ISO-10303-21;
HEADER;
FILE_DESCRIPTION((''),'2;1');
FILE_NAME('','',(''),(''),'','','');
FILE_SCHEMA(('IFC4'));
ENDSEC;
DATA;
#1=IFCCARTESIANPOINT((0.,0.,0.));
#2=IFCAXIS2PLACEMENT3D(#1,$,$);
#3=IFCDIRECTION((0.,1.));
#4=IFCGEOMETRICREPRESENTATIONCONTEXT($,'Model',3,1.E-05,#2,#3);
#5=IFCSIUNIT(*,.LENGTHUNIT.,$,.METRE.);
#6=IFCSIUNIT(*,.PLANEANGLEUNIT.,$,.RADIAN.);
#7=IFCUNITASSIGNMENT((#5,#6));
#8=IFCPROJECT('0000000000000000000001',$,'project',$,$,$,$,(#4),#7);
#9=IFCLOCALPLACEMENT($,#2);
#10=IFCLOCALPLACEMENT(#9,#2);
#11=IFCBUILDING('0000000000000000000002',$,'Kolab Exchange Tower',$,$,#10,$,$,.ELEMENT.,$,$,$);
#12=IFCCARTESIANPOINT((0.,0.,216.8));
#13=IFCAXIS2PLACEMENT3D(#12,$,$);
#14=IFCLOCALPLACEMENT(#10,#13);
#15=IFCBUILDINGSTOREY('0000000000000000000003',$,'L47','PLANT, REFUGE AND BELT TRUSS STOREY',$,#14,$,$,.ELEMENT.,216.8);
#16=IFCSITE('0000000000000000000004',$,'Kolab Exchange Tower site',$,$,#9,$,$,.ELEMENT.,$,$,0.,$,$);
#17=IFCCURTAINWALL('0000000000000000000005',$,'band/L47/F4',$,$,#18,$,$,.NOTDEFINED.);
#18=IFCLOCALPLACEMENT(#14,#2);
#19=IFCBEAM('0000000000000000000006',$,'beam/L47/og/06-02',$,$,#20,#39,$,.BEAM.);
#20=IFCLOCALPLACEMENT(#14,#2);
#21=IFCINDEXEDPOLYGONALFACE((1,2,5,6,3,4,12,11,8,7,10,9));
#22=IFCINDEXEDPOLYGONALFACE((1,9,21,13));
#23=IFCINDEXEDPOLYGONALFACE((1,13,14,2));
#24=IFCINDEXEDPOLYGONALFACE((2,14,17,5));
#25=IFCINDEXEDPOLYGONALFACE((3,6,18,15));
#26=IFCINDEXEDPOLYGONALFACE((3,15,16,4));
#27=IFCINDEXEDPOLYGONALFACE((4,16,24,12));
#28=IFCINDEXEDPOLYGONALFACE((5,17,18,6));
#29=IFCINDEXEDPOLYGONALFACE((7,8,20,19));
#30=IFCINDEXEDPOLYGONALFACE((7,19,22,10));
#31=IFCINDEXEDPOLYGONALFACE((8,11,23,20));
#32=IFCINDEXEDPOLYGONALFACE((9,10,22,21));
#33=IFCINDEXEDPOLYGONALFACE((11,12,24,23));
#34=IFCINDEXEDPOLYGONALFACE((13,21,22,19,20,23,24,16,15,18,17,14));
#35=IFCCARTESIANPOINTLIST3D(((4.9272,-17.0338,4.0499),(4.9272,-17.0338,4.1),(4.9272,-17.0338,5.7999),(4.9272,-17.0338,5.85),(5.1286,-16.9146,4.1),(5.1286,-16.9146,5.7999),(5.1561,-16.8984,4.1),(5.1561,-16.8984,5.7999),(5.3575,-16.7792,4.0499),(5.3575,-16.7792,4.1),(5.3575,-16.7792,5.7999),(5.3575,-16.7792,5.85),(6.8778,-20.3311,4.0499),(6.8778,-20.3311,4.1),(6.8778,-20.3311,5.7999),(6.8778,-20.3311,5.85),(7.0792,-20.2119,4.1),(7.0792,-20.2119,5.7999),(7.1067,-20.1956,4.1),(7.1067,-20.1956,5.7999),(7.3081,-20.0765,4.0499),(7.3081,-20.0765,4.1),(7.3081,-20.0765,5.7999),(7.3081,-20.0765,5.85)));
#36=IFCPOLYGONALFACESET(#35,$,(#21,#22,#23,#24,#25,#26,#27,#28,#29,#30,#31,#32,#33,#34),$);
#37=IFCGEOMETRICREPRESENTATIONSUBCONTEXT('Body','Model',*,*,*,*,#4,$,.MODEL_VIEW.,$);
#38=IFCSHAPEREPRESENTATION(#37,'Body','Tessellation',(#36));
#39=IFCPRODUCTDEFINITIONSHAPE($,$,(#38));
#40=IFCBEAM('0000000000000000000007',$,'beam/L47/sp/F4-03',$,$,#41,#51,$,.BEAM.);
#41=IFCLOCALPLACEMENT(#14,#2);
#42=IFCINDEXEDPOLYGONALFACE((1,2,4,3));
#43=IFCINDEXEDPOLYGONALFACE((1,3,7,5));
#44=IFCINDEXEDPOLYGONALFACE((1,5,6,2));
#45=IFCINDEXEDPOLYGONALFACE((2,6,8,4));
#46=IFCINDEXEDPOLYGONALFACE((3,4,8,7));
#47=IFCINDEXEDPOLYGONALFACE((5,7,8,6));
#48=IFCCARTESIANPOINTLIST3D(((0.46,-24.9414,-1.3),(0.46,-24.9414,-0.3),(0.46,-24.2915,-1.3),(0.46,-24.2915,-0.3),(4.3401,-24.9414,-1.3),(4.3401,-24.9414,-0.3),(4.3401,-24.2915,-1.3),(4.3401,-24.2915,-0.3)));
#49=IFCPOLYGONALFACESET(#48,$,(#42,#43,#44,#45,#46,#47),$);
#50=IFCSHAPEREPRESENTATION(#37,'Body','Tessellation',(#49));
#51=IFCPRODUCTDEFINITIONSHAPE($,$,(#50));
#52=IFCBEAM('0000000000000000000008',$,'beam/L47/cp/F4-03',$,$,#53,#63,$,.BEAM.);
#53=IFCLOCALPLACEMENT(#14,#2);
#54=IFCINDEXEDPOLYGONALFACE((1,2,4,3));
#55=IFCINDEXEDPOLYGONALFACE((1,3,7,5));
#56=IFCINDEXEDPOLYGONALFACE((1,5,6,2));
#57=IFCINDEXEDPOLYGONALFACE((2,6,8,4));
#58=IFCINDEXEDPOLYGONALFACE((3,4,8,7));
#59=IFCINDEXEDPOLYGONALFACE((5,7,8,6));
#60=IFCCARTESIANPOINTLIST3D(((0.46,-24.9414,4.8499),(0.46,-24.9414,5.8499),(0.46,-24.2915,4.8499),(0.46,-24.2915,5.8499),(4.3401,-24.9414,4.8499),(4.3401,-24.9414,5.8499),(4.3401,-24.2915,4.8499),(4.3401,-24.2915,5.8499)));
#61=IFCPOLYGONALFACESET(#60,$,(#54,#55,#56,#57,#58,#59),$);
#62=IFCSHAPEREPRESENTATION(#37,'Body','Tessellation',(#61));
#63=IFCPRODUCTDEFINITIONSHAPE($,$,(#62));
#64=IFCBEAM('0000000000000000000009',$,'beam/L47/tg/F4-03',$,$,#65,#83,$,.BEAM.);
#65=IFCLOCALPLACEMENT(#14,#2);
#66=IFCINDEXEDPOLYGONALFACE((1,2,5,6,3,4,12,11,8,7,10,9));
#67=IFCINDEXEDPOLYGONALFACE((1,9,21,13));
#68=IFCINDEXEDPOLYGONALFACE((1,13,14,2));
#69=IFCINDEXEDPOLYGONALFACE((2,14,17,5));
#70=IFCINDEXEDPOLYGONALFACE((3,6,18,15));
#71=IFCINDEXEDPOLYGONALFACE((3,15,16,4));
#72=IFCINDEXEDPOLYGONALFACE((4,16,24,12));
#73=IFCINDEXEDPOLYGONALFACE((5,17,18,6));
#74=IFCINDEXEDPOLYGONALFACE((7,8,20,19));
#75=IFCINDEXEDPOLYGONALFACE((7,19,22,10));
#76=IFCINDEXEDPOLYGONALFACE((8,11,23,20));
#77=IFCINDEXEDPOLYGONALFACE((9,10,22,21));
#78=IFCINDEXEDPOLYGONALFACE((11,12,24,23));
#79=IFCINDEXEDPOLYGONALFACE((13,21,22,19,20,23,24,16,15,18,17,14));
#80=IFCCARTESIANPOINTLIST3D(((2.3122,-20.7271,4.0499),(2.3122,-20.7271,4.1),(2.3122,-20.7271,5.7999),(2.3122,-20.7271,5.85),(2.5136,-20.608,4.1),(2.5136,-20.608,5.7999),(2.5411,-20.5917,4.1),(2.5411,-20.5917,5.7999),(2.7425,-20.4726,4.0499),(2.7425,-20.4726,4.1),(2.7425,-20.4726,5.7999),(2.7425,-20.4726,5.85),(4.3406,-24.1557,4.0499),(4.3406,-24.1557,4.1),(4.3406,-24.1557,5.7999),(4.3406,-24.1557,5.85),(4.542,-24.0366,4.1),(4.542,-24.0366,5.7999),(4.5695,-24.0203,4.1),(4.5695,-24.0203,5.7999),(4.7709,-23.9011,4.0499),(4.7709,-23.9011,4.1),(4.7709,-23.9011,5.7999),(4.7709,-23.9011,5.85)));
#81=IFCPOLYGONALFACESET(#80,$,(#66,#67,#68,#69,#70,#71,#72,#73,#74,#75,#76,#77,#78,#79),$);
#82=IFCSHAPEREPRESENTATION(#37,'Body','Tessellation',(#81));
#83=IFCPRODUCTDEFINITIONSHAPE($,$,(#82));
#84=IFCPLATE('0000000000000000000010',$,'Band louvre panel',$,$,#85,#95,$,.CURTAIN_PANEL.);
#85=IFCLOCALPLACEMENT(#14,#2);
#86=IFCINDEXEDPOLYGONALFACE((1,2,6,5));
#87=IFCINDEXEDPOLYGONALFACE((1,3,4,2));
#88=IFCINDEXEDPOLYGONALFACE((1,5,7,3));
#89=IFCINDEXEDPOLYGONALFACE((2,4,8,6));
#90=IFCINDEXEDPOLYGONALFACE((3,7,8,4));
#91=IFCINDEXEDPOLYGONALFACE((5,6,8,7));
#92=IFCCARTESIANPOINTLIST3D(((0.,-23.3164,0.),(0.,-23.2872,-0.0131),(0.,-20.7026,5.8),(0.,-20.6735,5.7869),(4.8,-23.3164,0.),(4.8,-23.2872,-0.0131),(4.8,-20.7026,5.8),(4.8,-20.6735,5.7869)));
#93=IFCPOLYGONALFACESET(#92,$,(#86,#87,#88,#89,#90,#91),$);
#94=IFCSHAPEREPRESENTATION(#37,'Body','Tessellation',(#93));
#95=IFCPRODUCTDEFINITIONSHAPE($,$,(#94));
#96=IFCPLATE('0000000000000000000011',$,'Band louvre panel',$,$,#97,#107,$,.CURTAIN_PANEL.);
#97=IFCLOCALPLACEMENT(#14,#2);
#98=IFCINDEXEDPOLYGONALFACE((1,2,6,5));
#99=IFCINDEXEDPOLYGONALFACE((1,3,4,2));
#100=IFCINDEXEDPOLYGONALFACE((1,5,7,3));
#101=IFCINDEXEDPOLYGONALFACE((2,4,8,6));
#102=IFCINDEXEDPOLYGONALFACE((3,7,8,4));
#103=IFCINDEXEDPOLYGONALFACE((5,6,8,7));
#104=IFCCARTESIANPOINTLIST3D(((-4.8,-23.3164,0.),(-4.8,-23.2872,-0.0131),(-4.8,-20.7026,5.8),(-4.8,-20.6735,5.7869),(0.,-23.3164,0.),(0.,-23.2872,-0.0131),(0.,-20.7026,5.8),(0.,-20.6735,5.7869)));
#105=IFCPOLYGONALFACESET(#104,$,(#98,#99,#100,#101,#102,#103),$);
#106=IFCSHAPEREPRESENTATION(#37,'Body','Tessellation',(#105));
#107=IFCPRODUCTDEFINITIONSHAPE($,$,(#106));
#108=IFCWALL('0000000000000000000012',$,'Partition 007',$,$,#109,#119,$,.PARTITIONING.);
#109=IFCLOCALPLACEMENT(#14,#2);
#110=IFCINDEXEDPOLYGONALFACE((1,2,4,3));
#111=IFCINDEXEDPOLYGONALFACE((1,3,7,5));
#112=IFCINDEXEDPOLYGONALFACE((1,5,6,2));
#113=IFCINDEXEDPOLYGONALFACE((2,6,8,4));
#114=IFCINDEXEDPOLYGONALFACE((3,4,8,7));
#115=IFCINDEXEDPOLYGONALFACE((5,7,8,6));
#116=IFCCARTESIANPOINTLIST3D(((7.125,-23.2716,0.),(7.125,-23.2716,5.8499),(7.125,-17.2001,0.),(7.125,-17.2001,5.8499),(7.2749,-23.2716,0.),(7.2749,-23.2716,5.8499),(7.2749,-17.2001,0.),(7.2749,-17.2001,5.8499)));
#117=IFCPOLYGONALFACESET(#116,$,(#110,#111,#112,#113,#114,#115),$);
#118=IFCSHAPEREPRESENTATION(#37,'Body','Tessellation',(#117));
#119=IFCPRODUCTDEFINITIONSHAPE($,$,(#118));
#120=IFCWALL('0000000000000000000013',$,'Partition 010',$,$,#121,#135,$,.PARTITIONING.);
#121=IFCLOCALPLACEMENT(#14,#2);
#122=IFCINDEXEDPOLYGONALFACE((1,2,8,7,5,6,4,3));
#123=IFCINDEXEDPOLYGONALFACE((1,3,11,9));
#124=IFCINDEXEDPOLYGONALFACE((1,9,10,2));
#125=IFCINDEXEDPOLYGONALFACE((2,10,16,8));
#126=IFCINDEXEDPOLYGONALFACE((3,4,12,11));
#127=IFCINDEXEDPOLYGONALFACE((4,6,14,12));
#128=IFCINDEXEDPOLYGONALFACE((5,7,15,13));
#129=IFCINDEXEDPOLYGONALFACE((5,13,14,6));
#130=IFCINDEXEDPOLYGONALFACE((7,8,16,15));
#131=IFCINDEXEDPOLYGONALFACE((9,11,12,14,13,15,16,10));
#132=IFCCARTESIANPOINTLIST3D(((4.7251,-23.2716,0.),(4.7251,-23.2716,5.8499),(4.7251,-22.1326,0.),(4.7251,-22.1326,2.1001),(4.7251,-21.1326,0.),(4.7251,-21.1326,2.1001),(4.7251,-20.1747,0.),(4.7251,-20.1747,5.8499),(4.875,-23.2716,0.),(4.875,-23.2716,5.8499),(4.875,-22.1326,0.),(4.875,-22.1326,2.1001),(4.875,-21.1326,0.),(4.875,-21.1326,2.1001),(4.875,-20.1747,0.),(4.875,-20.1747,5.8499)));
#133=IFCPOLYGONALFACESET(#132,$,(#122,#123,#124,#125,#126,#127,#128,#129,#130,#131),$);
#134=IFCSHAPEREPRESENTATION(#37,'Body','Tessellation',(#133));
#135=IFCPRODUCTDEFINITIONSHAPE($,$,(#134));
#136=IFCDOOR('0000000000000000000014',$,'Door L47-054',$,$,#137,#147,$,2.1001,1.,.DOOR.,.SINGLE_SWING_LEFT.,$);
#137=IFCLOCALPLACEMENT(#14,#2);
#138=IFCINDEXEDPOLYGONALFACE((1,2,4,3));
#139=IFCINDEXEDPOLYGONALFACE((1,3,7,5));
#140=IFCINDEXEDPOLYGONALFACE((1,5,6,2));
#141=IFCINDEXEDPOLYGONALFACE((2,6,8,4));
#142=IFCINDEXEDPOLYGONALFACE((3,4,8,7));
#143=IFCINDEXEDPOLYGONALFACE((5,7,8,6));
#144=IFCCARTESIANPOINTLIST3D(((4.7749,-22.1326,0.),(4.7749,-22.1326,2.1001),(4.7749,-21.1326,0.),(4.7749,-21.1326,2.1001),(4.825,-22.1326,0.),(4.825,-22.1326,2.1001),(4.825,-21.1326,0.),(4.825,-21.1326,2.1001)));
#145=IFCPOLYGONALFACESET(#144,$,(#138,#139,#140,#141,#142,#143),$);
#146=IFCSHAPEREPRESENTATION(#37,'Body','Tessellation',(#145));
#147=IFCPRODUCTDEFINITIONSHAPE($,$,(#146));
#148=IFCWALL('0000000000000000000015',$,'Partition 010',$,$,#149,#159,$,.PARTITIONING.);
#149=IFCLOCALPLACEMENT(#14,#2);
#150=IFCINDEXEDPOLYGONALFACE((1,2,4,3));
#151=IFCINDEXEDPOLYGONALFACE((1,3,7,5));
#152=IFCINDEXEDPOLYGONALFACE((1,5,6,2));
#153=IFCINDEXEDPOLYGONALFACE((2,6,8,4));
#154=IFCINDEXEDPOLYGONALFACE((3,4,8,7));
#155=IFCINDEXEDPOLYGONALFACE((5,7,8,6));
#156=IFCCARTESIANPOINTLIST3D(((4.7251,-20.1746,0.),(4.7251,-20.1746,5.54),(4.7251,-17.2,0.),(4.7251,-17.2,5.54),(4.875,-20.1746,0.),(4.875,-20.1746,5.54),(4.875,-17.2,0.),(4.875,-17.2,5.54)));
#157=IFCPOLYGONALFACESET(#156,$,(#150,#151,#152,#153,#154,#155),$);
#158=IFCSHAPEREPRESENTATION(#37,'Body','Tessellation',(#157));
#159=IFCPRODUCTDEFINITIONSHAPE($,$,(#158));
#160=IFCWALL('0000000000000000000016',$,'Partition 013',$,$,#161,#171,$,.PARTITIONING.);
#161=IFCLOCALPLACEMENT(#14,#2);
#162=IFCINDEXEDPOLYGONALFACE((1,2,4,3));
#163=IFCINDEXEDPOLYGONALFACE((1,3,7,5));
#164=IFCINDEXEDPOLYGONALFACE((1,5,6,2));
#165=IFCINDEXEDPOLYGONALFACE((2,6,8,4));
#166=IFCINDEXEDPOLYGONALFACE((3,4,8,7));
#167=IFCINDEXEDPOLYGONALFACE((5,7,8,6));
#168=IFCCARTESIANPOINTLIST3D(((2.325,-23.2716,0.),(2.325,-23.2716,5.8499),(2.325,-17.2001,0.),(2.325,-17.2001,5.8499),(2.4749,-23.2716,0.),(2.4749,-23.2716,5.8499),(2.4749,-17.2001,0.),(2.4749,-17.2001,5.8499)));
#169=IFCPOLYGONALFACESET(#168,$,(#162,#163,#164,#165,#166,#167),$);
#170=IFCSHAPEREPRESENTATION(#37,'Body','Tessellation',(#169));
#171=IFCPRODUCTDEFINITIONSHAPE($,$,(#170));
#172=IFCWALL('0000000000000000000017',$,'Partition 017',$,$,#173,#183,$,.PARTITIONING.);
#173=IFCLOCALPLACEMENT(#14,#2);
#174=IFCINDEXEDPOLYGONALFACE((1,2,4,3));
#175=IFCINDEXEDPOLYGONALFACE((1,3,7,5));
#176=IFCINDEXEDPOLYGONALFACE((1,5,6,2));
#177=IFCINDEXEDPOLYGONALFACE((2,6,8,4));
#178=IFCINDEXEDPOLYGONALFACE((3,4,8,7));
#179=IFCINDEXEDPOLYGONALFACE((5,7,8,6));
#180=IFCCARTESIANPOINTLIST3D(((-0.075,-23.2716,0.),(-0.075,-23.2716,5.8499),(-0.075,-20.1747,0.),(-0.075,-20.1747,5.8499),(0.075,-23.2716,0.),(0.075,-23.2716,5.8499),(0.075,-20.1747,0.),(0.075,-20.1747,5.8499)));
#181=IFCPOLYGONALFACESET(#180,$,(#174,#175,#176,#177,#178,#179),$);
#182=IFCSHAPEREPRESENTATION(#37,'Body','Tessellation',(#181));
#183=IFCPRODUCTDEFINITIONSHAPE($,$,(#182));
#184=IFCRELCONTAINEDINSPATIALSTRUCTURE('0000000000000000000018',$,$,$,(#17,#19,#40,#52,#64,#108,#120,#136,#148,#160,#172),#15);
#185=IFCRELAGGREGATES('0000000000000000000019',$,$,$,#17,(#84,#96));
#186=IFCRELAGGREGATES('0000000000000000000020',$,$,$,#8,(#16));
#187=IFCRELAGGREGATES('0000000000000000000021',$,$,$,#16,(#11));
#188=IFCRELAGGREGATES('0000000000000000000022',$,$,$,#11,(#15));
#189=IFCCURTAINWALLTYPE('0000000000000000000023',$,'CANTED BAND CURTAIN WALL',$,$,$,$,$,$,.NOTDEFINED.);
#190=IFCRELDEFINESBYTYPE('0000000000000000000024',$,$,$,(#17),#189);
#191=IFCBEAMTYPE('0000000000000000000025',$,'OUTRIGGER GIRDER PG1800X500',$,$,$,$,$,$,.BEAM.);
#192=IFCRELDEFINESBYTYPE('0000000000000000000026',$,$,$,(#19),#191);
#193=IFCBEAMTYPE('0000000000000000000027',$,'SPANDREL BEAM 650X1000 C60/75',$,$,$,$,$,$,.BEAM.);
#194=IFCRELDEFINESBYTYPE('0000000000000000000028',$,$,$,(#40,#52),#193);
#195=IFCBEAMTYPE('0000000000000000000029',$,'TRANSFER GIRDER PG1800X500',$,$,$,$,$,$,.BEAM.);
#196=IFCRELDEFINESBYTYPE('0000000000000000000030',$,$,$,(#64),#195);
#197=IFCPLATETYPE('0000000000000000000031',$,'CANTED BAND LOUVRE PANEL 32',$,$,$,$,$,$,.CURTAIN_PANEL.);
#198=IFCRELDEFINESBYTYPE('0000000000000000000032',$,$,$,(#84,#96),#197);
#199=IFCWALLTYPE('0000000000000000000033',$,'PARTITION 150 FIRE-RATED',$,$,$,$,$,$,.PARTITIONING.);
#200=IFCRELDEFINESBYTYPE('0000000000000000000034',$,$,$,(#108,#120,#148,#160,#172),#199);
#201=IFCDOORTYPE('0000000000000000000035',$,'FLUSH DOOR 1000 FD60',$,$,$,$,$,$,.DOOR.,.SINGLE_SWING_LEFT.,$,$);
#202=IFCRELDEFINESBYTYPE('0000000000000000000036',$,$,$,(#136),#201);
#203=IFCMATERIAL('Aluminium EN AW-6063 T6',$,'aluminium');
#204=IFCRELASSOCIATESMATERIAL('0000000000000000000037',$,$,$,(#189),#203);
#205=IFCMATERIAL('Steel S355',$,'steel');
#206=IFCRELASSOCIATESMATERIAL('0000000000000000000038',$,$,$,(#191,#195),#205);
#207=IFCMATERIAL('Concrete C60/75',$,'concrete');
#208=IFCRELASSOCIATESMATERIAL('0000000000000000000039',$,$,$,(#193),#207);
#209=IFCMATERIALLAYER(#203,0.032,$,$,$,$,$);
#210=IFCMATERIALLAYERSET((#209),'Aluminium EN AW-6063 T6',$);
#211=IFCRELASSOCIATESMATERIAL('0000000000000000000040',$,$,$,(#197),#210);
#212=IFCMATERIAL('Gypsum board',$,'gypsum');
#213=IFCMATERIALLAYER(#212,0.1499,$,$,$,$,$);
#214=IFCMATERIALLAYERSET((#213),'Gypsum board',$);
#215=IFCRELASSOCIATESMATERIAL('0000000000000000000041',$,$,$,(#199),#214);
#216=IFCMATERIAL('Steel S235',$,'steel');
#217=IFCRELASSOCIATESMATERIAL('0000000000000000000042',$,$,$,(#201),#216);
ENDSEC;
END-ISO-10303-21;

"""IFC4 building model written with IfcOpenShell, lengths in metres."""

from ifc_helpers import new_model, si_unit, direction, frame, frame_2d, origin, origin_2d, place, context, subcontext, project, spatial, polyline, rectangle, i_section, outline, extrude, material, layer, layer_set, material_profile, profile_set, type_object, element, fill, aggregate, save


model = new_model("IFC4")

# Units and contexts
model_context = context("Model", 3, precision=1e-05, world=origin(), true_north=direction((0.0, 1.0)))
body_context = subcontext(model_context, "Body", "Model", "MODEL_VIEW")
ifc_project = project(units=[si_unit("LENGTHUNIT", "METRE"), si_unit("PLANEANGLEUNIT", "RADIAN")], contexts=[model_context])

# Site, building, storey
site_placement = place(None, origin())
site = spatial("IfcSite", under=ifc_project, at=site_placement, Name="Kolab Exchange Tower site", CompositionType="ELEMENT", RefElevation=0.0)
building_placement = place(site_placement, origin())
building = spatial("IfcBuilding", under=site, at=building_placement, Name="Kolab Exchange Tower", CompositionType="ELEMENT")
storey_placement = place(building_placement, frame((0.0, 0.0, 216.8)))
storey = spatial("IfcBuildingStorey", under=building, at=storey_placement, Name="L47", Description="PLANT, REFUGE AND BELT TRUSS STOREY", CompositionType="ELEMENT", Elevation=216.8)

# Shared definitions
ifc_material_1 = material(Name="Concrete C60/75", Category="concrete")

# Shared definitions
ifc_material_2 = material(Name="Steel S355", Category="steel")

# Curtain wall
ifc_material_3 = material(Name="Aluminium EN AW-6063 T6", Category="aluminium")
curtain_wall_type = type_object("IfcCurtainWallType", Name="CANTED BAND CURTAIN WALL", PredefinedType="NOTDEFINED", material=ifc_material_3)
curtain_wall_placement = place(storey_placement, origin())
curtain_wall = element("IfcCurtainWall", 1, at=curtain_wall_placement, inside=storey, type_object=curtain_wall_type, Name="band/L47/F4", PredefinedType="NOTDEFINED")

# Beams
ifc_material_profile_1 = material_profile(ifc_material_2, i_section(OverallWidth=0.5, OverallDepth=1.8, WebThickness=0.032, FlangeThickness=0.05, at=origin_2d()), Name="PG1800X500")
ifc_profile_set_1 = profile_set([ifc_material_profile_1], Name="Steel S355")
beam_type_1 = type_object("IfcBeamType", Name="OUTRIGGER GIRDER PG1800X500", PredefinedType="BEAM", material=ifc_profile_set_1)
beam_1_placement = place(storey_placement, frame((5.1423, -16.9065, 4.95), z_axis=(0.509163, -0.86067, 0.0), x_axis=(0.86067, 0.509163, 0.0)))
element("IfcBeam", 2, at=beam_1_placement, inside=storey, type_object=beam_type_1, Name="beam/L47/og/06-02", PredefinedType="BEAM", context=body_context, shape_type="SweptSolid", body=[
    extrude(i_section(OverallWidth=0.5, OverallDepth=1.8, WebThickness=0.032, FlangeThickness=0.05, at=origin_2d()), origin(), (0.0, 0.0, 1.0), 3.8311),
])
ifc_material_profile_2 = material_profile(ifc_material_1, rectangle(XDim=0.6499, YDim=1.0, at=origin_2d()), Name="RC650X1000")
ifc_profile_set_2 = profile_set([ifc_material_profile_2], Name="Concrete C60/75")
beam_type_2 = type_object("IfcBeamType", Name="SPANDREL BEAM 650X1000 C60/75", PredefinedType="BEAM", material=ifc_profile_set_2)
for number, where, z_axis, x_axis, name in (
    (3, (4.3401, -24.6165, -0.8), (-1.0, 0.0, 0.0), (0.0, -1.0, 0.0), "beam/L47/sp/F4-03"),
    (4, (4.3401, -24.6165, 5.3499), (-1.0, 0.0, 0.0), (0.0, -1.0, 0.0), "beam/L47/cp/F4-03"),
):
    element("IfcBeam", number, at=place(storey_placement, frame(where, z_axis=z_axis, x_axis=x_axis)), inside=storey, type_object=beam_type_2, Name=name, PredefinedType="BEAM", context=body_context, shape_type="SweptSolid", body=[
        extrude(rectangle(XDim=0.6499, YDim=1.0, at=origin_2d()), origin(), (0.0, 0.0, 1.0), 3.8801),
    ])
ifc_material_profile_3 = material_profile(ifc_material_2, i_section(OverallWidth=0.5, OverallDepth=1.8, WebThickness=0.032, FlangeThickness=0.05, at=origin_2d()), Name="PG1800X500")
ifc_profile_set_3 = profile_set([ifc_material_profile_3], Name="Steel S355")
beam_type_3 = type_object("IfcBeamType", Name="TRANSFER GIRDER PG1800X500", PredefinedType="BEAM", material=ifc_profile_set_3)
beam_2_placement = place(storey_placement, frame((2.5273, -20.5999, 4.95), z_axis=(0.509177, -0.860662, 0.0), x_axis=(0.860662, 0.509177, 0.0)))
element("IfcBeam", 5, at=beam_2_placement, inside=storey, type_object=beam_type_3, Name="beam/L47/tg/F4-03", PredefinedType="BEAM", context=body_context, shape_type="SweptSolid", body=[
    extrude(i_section(OverallWidth=0.5, OverallDepth=1.8, WebThickness=0.032, FlangeThickness=0.05, at=origin_2d()), origin(), (0.0, 0.0, 1.0), 3.9836),
])

# Plates
ifc_layer_1 = layer(ifc_material_3, 0.032)
ifc_layer_set_1 = layer_set([ifc_layer_1], Name="Aluminium EN AW-6063 T6")
plate_type = type_object("IfcPlateType", Name="CANTED BAND LOUVRE PANEL 32", PredefinedType="CURTAIN_PANEL", material=ifc_layer_set_1)
plate_1_placement = place(storey_placement, frame((4.8, -23.3164, 0.0), z_axis=(0.0, -0.911701, 0.410854), x_axis=(-1.0, 0.0, 0.0)))
plate_1 = element("IfcPlate", 6, at=plate_1_placement, type_object=plate_type, Name="Band louvre panel", PredefinedType="CURTAIN_PANEL", context=body_context, shape_type="SweptSolid", body=[
    extrude(outline(polyline([(0.0, 0.0), (4.8, 0.0), (4.8, -6.3618), (0.0, -6.3618), (0.0, 0.0)])), origin(), (0.0, 0.0, -1.0), 0.032),
])
plate_2_placement = place(storey_placement, frame((0.0, -23.3164, 0.0), z_axis=(0.0, -0.911701, 0.410854), x_axis=(-1.0, 0.0, 0.0)))
plate_2 = element("IfcPlate", 7, at=plate_2_placement, type_object=plate_type, Name="Band louvre panel", PredefinedType="CURTAIN_PANEL", context=body_context, shape_type="SweptSolid", body=[
    extrude(outline(polyline([(0.0, 0.0), (4.8, 0.0), (4.8, -6.3618), (0.0, -6.3618), (0.0, 0.0)])), origin(), (0.0, 0.0, -1.0), 0.032),
])
aggregate(curtain_wall, [plate_1, plate_2])

# Wall
ifc_material_4 = material(Name="Gypsum board", Category="gypsum")
ifc_layer_2 = layer(ifc_material_4, 0.1499)
ifc_layer_set_2 = layer_set([ifc_layer_2], Name="Gypsum board")
wall_type = type_object("IfcWallType", Name="PARTITION 150 FIRE-RATED", PredefinedType="PARTITIONING", material=ifc_layer_set_2)
wall_1_placement = place(storey_placement, frame((7.2, -23.2715, 0.0), z_axis=(0.0, 0.0, 1.0), x_axis=(0.0, 1.0, 0.0)))
element("IfcWall", 8, at=wall_1_placement, inside=storey, type_object=wall_type, Name="Partition 007", PredefinedType="PARTITIONING", context=body_context, shape_type="SweptSolid", body=[
    extrude(rectangle(XDim=6.0715, YDim=0.1499, at=frame_2d((3.0356, 0.0))), origin(), (0.0, 0.0, 1.0), 5.8499),
])

# Wall, opening, door
wall_2_placement = place(storey_placement, frame((4.8, -23.2715, 0.0), z_axis=(0.0, 0.0, 1.0), x_axis=(0.0, 1.0, 0.0)))
wall_2 = element("IfcWall", 9, at=wall_2_placement, inside=storey, type_object=wall_type, Name="Partition 010", PredefinedType="PARTITIONING", context=body_context, shape_type="SweptSolid", body=[
    extrude(rectangle(XDim=3.0969, YDim=0.1499, at=frame_2d((1.5483, 0.0))), origin(), (0.0, 0.0, 1.0), 5.8499),
])
opening_placement = place(wall_2_placement, frame((1.1389, 0.0, 0.0)))
opening = element("IfcOpeningElement", 10, at=opening_placement, cuts=wall_2, PredefinedType="OPENING", context=body_context, shape_type="SweptSolid", body=[
    extrude(rectangle(XDim=1.0, YDim=2.1001, at=frame_2d((0.5, 1.05))), frame((0.0, 0.085, 0.0), z_axis=(0.0, -1.0, 0.0), x_axis=(1.0, 0.0, 0.0)), (0.0, 0.0, 1.0), 0.1699),
])
ifc_material_5 = material(Name="Steel S235", Category="steel")
door_type = type_object("IfcDoorType", Name="FLUSH DOOR 1000 FD60", OperationType="SINGLE_SWING_LEFT", PredefinedType="DOOR", material=ifc_material_5)
door_placement = place(opening_placement, frame((1.0, 0.0, 0.0), z_axis=(0.0, 0.0, 1.0), x_axis=(-1.0, 0.0, 0.0)))
door = element("IfcDoor", 11, at=door_placement, inside=storey, type_object=door_type, Name="Door L47-054", OperationType="SINGLE_SWING_LEFT", OverallHeight=2.1001, OverallWidth=1.0, PredefinedType="DOOR", context=body_context, shape_type="SweptSolid", body=[
    extrude(rectangle(XDim=1.0, YDim=2.1001, at=frame_2d((0.5, 1.05))), frame((0.0, 0.0249, 0.0), z_axis=(0.0, -1.0, 0.0), x_axis=(1.0, 0.0, 0.0)), (0.0, 0.0, 1.0), 0.05),
])
fill(opening, door)

# Walls
wall_3_placement = place(storey_placement, frame((4.8, -20.1746, 0.0), z_axis=(0.0, 0.0, 1.0), x_axis=(0.0, 1.0, 0.0)))
element("IfcWall", 12, at=wall_3_placement, inside=storey, type_object=wall_type, Name="Partition 010", PredefinedType="PARTITIONING", context=body_context, shape_type="SweptSolid", body=[
    extrude(rectangle(XDim=2.9746, YDim=0.1499, at=frame_2d((1.4873, 0.0))), origin(), (0.0, 0.0, 1.0), 5.54),
])
wall_4_placement = place(storey_placement, frame((2.3999, -23.2715, 0.0), z_axis=(0.0, 0.0, 1.0), x_axis=(0.0, 1.0, 0.0)))
element("IfcWall", 13, at=wall_4_placement, inside=storey, type_object=wall_type, Name="Partition 013", PredefinedType="PARTITIONING", context=body_context, shape_type="SweptSolid", body=[
    extrude(rectangle(XDim=6.0715, YDim=0.1499, at=frame_2d((3.0356, 0.0))), origin(), (0.0, 0.0, 1.0), 5.8499),
])
wall_5_placement = place(storey_placement, frame((0.0, -23.2715, 0.0), z_axis=(0.0, 0.0, 1.0), x_axis=(0.0, 1.0, 0.0)))
element("IfcWall", 14, at=wall_5_placement, inside=storey, type_object=wall_type, Name="Partition 017", PredefinedType="PARTITIONING", context=body_context, shape_type="SweptSolid", body=[
    extrude(rectangle(XDim=3.0969, YDim=0.1499, at=frame_2d((1.5483, 0.0))), origin(), (0.0, 0.0, 1.0), 5.8499),
])

save(model, "model.ifc")
